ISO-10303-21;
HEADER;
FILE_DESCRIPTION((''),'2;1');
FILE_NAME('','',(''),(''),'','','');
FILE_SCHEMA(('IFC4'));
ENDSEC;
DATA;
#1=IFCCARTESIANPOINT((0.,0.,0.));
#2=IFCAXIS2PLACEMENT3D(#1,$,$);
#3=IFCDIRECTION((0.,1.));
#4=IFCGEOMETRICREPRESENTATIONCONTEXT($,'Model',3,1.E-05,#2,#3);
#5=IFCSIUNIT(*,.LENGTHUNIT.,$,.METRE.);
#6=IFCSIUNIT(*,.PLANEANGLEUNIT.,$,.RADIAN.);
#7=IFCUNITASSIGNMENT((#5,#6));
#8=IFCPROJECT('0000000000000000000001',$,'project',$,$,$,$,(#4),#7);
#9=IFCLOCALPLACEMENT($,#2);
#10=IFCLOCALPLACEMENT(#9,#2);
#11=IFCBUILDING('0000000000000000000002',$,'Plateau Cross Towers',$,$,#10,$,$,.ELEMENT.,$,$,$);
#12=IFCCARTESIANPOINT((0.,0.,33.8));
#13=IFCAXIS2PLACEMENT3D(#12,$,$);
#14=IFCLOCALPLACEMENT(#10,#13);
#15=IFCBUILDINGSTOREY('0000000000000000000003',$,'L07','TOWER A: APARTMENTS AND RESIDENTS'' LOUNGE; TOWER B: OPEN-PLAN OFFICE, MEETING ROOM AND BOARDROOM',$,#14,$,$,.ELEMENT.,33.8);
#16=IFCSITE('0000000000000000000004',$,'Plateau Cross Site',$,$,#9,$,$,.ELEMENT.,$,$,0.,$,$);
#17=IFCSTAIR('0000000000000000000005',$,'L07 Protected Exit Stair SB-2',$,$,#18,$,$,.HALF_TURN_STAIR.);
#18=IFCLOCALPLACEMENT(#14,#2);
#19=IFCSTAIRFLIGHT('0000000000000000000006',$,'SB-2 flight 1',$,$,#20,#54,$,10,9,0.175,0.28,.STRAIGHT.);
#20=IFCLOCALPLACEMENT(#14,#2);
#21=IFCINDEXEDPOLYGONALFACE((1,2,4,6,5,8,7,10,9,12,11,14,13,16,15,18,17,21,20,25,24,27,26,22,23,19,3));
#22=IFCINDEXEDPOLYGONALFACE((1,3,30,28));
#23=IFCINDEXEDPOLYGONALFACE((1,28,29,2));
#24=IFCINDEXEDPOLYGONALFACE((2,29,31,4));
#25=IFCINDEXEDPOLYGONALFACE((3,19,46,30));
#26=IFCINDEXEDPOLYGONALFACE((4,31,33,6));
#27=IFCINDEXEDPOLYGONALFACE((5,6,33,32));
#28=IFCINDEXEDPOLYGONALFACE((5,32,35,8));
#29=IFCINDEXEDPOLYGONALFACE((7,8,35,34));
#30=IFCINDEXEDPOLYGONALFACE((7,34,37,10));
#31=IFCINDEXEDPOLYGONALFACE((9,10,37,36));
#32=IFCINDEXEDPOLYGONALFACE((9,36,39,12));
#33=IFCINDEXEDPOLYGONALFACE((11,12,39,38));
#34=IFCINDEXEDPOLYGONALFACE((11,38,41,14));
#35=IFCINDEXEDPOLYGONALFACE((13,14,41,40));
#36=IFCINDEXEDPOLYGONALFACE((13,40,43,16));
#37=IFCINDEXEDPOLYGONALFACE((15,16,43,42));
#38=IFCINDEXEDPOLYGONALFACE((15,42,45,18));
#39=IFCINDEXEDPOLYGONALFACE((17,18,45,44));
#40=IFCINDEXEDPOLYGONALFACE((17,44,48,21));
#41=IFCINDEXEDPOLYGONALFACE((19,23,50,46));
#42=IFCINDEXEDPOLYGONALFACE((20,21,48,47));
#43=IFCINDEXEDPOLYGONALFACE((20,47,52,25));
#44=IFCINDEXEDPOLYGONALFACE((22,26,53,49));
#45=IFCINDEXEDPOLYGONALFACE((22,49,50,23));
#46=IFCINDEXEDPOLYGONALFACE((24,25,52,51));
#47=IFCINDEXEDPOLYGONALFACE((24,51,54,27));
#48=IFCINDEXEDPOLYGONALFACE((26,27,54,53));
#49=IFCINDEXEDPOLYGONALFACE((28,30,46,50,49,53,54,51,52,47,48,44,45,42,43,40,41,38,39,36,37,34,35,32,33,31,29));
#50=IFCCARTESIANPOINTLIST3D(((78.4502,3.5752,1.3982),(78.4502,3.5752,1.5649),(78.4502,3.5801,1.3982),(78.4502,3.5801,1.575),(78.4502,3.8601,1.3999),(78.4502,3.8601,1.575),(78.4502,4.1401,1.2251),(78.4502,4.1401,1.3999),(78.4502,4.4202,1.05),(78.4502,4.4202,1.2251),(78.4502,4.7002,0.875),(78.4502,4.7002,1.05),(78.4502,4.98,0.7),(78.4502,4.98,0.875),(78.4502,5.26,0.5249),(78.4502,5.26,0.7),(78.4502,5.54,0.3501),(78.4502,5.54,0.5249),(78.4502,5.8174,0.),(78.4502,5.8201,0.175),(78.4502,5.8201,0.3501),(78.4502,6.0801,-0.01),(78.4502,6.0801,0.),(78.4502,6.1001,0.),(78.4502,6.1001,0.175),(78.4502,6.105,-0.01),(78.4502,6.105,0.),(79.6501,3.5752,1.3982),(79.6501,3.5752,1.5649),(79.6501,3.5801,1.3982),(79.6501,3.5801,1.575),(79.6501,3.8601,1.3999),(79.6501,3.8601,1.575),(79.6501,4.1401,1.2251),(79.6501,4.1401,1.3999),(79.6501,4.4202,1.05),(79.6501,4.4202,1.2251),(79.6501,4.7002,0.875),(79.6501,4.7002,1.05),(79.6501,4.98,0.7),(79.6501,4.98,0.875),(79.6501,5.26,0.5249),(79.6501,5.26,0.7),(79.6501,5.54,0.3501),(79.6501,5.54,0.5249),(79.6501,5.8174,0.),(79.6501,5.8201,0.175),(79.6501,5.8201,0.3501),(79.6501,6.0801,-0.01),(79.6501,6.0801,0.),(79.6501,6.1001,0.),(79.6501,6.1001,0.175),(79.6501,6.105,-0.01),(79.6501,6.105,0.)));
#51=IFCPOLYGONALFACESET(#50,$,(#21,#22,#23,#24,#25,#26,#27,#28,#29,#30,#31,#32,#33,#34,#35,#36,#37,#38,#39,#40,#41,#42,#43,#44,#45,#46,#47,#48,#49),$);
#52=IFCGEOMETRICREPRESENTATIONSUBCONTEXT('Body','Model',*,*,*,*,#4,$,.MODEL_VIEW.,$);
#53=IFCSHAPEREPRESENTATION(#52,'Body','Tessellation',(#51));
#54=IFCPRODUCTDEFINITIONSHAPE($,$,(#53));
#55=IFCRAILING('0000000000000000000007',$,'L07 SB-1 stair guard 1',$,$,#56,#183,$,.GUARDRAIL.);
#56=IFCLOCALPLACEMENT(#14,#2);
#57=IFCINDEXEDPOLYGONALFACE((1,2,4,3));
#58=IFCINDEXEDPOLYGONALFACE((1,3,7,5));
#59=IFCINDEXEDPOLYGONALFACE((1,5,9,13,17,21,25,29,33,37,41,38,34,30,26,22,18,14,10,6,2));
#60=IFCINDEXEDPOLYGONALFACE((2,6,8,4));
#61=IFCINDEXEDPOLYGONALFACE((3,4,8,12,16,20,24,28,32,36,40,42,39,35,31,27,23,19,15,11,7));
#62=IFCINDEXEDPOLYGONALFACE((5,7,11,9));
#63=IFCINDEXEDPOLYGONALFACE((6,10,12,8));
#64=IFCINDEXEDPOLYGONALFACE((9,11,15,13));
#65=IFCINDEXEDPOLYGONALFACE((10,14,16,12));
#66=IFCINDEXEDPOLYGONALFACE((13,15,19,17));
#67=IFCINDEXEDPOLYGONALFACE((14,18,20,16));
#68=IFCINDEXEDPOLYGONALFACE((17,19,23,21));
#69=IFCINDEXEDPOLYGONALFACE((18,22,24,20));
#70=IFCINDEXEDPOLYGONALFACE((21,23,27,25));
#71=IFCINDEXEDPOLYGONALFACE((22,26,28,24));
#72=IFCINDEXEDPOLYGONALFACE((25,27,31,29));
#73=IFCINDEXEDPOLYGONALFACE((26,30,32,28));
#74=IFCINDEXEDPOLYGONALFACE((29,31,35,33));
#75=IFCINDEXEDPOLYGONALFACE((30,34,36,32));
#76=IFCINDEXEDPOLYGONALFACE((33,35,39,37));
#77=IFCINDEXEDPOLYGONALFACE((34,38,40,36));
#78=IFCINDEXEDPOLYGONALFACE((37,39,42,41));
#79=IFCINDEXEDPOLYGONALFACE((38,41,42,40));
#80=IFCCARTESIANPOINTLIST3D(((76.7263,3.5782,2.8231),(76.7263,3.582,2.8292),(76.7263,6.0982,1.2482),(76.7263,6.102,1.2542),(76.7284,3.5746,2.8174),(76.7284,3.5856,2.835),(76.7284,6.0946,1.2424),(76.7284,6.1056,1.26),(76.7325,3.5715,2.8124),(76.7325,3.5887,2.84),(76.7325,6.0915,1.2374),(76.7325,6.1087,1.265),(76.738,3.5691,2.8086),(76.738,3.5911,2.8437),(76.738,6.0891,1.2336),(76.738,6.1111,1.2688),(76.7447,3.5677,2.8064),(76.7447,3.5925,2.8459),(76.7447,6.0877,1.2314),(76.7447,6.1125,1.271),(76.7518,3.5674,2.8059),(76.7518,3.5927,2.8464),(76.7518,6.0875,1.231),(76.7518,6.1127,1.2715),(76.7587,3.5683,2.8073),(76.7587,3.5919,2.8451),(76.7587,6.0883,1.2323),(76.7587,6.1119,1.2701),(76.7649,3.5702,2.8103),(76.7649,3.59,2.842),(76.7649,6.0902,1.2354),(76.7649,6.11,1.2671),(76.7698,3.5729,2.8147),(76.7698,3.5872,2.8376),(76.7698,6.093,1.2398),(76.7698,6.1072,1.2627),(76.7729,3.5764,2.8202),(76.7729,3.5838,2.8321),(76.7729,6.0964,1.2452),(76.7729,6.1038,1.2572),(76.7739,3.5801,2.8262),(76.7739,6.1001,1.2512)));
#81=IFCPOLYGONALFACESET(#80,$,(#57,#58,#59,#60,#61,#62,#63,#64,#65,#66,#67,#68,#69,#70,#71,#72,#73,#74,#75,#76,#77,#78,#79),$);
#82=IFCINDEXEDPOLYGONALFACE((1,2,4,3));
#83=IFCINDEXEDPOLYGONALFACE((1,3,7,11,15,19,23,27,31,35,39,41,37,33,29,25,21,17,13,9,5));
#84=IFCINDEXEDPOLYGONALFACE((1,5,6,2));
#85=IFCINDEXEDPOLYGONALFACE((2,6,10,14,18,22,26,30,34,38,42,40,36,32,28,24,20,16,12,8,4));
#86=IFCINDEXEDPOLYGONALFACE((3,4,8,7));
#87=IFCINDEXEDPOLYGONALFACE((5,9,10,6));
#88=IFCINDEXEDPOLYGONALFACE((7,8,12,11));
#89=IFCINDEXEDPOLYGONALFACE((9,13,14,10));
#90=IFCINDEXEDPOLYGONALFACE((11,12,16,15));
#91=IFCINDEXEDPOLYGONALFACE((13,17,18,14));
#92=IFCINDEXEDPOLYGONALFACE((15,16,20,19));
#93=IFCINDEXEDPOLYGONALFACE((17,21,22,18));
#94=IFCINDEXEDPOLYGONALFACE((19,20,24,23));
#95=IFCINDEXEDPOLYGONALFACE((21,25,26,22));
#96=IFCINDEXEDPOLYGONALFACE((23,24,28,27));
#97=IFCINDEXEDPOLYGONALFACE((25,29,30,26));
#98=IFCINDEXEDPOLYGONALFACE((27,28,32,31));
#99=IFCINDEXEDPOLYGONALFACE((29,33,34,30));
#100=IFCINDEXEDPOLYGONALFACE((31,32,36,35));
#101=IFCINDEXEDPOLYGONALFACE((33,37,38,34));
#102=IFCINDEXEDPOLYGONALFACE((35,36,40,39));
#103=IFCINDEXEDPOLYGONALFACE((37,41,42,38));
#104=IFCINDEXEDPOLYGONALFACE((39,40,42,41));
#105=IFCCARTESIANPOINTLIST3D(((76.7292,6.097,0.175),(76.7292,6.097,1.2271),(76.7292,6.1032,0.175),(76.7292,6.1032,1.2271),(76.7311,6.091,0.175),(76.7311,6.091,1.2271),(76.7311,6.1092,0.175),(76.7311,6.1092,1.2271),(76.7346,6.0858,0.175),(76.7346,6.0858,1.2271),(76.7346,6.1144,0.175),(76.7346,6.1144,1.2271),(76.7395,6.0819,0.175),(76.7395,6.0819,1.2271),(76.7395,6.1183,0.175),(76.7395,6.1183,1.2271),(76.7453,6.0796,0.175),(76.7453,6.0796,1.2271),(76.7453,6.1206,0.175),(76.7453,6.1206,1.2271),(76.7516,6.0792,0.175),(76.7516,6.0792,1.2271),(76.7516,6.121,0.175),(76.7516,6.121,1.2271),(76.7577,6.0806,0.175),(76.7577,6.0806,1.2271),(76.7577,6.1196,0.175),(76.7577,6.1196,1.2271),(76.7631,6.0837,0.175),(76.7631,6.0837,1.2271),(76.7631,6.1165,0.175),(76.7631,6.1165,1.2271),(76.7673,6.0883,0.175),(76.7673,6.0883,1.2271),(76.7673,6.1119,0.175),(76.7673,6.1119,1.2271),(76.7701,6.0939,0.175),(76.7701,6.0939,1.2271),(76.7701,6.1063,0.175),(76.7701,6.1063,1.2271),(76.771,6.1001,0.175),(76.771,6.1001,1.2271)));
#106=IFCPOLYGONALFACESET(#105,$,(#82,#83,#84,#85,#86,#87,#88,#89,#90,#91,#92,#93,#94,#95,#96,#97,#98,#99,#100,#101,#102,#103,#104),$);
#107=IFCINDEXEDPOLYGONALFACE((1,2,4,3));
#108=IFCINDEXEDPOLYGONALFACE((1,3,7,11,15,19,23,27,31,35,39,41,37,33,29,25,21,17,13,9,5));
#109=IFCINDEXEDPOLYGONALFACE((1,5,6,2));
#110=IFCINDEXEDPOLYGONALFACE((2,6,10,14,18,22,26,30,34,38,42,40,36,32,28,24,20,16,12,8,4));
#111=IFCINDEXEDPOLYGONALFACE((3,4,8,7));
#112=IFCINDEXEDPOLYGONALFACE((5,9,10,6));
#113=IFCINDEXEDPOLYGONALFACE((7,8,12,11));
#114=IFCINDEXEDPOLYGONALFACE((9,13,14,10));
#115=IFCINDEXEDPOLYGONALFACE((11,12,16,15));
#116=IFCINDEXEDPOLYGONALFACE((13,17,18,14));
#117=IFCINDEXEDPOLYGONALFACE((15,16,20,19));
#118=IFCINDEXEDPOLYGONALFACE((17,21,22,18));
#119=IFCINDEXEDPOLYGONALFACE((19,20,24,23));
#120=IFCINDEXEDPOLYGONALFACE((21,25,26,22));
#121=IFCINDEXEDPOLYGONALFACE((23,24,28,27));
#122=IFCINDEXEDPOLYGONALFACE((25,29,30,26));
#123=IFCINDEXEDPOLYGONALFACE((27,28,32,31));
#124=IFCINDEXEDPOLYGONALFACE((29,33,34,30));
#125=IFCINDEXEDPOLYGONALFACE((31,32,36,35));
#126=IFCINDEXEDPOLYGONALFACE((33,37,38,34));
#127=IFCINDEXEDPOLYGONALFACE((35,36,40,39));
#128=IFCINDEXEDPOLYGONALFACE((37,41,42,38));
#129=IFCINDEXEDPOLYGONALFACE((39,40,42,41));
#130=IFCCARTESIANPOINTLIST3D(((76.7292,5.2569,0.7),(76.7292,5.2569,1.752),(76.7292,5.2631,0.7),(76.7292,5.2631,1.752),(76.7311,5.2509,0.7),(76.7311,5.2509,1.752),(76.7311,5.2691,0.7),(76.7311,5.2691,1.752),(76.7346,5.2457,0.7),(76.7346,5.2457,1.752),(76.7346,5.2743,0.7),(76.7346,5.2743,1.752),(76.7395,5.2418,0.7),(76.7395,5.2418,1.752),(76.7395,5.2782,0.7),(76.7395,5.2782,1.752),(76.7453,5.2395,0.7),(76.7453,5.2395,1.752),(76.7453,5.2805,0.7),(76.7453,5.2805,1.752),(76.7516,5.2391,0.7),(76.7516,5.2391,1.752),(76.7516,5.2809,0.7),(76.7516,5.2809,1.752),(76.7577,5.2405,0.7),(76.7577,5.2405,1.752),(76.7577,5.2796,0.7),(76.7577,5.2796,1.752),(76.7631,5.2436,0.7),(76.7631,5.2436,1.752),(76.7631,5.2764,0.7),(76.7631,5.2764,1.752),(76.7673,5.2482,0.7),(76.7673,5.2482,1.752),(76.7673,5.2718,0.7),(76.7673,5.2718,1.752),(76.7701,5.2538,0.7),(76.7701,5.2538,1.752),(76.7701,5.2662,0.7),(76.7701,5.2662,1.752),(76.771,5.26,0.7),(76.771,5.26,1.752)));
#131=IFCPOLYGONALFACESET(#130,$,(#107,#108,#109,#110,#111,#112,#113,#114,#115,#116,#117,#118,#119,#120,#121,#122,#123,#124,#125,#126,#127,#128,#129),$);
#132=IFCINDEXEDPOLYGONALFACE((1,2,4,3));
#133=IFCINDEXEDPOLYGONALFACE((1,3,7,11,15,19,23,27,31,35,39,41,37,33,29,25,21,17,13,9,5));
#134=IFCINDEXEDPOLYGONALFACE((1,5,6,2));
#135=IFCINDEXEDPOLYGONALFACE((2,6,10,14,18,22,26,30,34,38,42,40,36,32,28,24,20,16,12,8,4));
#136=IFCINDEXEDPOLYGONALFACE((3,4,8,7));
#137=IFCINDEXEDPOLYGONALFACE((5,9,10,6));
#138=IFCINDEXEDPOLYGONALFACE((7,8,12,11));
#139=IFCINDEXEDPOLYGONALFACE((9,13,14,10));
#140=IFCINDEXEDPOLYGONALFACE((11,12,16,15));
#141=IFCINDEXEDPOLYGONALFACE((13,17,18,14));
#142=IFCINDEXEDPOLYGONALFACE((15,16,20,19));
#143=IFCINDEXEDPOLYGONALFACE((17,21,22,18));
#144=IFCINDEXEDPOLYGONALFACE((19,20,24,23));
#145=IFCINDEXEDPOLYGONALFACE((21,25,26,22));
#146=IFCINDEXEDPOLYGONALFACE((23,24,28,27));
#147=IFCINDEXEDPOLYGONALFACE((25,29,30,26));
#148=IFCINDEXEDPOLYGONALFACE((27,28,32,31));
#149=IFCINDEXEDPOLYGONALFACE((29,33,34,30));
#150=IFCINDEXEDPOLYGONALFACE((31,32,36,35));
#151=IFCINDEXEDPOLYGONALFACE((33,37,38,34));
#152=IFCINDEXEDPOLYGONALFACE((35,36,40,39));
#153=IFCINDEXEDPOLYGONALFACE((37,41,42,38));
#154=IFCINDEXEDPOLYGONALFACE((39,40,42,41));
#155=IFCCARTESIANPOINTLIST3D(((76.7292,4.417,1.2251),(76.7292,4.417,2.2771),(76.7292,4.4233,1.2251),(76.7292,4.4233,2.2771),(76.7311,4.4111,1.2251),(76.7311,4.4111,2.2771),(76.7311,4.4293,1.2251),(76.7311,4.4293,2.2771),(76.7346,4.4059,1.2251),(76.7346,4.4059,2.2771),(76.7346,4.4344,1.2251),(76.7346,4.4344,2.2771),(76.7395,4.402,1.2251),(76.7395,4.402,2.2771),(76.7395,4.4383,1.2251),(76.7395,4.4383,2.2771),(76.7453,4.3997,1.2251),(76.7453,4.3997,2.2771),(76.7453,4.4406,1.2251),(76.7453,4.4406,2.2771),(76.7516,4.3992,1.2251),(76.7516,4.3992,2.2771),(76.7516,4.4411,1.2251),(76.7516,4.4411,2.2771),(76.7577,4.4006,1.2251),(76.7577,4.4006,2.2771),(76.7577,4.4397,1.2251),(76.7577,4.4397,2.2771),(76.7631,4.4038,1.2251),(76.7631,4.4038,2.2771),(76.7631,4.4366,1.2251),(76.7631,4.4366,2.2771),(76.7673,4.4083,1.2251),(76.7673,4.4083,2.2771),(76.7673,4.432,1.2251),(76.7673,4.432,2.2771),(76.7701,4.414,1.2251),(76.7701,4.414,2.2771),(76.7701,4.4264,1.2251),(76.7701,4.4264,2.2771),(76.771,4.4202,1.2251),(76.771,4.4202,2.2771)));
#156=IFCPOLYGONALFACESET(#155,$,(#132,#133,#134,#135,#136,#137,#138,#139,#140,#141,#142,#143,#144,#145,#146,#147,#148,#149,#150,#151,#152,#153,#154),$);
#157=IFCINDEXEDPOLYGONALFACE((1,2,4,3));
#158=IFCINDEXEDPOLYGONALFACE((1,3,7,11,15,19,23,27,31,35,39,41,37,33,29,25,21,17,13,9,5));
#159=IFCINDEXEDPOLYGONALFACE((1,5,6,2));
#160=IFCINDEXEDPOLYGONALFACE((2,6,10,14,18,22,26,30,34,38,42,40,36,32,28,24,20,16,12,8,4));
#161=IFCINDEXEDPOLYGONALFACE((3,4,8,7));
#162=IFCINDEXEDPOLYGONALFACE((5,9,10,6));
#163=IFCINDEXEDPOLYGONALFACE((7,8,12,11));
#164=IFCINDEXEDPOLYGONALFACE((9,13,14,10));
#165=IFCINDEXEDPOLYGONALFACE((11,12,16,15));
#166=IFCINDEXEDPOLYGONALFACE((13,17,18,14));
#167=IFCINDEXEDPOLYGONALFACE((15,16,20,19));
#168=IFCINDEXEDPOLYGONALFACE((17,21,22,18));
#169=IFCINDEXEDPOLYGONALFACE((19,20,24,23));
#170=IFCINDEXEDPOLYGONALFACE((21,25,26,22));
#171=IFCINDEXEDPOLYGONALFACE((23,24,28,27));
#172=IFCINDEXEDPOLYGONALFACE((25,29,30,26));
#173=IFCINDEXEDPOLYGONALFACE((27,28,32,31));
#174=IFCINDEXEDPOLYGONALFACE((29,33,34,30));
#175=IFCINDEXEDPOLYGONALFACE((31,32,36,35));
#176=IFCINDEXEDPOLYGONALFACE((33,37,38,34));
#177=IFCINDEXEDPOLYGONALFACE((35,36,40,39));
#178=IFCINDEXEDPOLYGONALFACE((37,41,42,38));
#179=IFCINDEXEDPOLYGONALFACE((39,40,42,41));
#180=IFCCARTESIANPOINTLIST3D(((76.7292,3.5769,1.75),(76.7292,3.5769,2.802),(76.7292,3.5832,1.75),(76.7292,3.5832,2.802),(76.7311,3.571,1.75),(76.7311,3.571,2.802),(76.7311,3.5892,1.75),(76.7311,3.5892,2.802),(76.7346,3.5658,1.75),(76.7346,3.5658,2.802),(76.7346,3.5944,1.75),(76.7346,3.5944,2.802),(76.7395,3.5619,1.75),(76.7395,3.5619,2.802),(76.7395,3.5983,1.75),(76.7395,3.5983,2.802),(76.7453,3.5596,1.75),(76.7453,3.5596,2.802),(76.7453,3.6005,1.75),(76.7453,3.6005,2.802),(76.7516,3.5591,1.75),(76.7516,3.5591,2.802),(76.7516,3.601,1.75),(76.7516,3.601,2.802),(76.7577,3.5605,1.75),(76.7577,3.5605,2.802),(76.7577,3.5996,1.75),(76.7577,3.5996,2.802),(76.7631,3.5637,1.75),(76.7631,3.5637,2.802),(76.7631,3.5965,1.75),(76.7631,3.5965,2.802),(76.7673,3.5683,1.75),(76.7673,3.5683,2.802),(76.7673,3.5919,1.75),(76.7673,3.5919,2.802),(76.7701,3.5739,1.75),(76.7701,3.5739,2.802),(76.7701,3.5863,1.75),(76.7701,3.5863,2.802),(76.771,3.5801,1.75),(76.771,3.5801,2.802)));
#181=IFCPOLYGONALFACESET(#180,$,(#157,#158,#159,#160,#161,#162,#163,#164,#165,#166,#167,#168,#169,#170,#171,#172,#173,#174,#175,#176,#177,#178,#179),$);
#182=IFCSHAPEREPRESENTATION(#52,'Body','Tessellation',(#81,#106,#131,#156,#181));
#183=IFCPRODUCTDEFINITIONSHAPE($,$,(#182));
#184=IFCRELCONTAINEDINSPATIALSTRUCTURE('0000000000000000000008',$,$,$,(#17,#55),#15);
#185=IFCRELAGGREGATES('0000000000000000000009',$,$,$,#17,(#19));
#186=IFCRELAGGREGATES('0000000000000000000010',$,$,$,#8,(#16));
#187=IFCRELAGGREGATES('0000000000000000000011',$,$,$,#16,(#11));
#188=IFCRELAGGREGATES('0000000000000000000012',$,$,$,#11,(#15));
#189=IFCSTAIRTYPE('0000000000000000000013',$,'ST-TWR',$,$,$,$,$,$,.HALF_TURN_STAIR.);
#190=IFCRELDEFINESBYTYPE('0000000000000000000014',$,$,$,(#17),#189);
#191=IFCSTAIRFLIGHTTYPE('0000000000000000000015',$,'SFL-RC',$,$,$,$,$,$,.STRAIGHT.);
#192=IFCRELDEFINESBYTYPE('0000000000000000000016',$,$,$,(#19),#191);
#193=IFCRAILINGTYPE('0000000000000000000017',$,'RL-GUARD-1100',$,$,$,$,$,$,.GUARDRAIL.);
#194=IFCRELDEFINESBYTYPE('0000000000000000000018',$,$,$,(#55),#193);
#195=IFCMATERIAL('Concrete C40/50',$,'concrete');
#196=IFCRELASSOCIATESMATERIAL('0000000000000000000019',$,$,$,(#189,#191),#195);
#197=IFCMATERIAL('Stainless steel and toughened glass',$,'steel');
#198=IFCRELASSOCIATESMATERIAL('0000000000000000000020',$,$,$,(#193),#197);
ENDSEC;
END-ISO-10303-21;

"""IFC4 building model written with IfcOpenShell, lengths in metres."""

from ifc_helpers import new_model, si_unit, direction, frame, origin, origin_2d, place, context, subcontext, project, spatial, polyline, circle, outline, extrude, material, type_object, element, aggregate, save


model = new_model("IFC4")

# Units and contexts
model_context = context("Model", 3, precision=1e-05, world=origin(), true_north=direction((0.0, 1.0)))
body_context = subcontext(model_context, "Body", "Model", "MODEL_VIEW")
ifc_project = project(units=[si_unit("LENGTHUNIT", "METRE"), si_unit("PLANEANGLEUNIT", "RADIAN")], contexts=[model_context])

# Site, building, storey
site_placement = place(None, origin())
site = spatial("IfcSite", under=ifc_project, at=site_placement, Name="Plateau Cross Site", CompositionType="ELEMENT", RefElevation=0.0)
building_placement = place(site_placement, origin())
building = spatial("IfcBuilding", under=site, at=building_placement, Name="Plateau Cross Towers", CompositionType="ELEMENT")
storey_placement = place(building_placement, frame((0.0, 0.0, 33.8)))
storey = spatial("IfcBuildingStorey", under=building, at=storey_placement, Name="L07", Description="TOWER A: APARTMENTS AND RESIDENTS' LOUNGE; TOWER B: OPEN-PLAN OFFICE, MEETING ROOM AND BOARDROOM", CompositionType="ELEMENT", Elevation=33.8)

# Shared definitions
ifc_material_1 = material(Name="Concrete C40/50", Category="concrete")
stair_type = type_object("IfcStairType", Name="ST-TWR", PredefinedType="HALF_TURN_STAIR", material=ifc_material_1)
stair_flight_type = type_object("IfcStairFlightType", Name="SFL-RC", PredefinedType="STRAIGHT", material=ifc_material_1)

# Stair, stair flight
stair_1_placement = place(storey_placement, origin())
stair_1 = element("IfcStair", 1, at=stair_1_placement, inside=storey, type_object=stair_type, Name="L07 Protected Exit Stair SB-2", PredefinedType="HALF_TURN_STAIR")
stair_flight_1_placement = place(storey_placement, frame((79.05, 6.1001, 0.0), z_axis=(0.0, 0.0, 1.0), x_axis=(0.0, -1.0, 0.0)))
stair_flight_1 = element("IfcStairFlight", 2, at=stair_flight_1_placement, type_object=stair_flight_type, Name="SB-2 flight 1", NumberOfRisers=10, NumberOfTreads=9, PredefinedType="STRAIGHT", RiserHeight=0.175, TreadLength=0.28, context=body_context, shape_type="SweptSolid", body=[
    extrude(outline(polyline([(-0.0049, -0.01), (-0.0049, 0.0), (0.0, 0.0), (0.0, 0.175), (0.28, 0.175), (0.28, 0.3501), (0.5601, 0.3501), (0.5601, 0.5249), (0.8401, 0.5249), (0.8401, 0.7), (1.1201, 0.7), (1.1201, 0.875), (1.3999, 0.875), (1.3999, 1.05), (1.6799, 1.05), (1.6799, 1.2251), (1.96, 1.2251), (1.96, 1.3999), (2.24, 1.3999), (2.24, 1.575), (2.52, 1.575), (2.5249, 1.5649), (2.5249, 1.3982), (2.52, 1.3982), (0.2827, 0.0), (0.02, 0.0), (0.02, -0.01), (-0.0049, -0.01)])), frame((0.0, 0.6001, 0.0), z_axis=(0.0, -1.0, 0.0), x_axis=(1.0, 0.0, 0.0)), (0.0, 0.0, 1.0), 1.2),
])
aggregate(stair_1, [stair_flight_1])

# Railing
ifc_material_2 = material(Name="Stainless steel and toughened glass", Category="steel")
railing_type_1 = type_object("IfcRailingType", Name="RL-GUARD-1100", PredefinedType="GUARDRAIL", material=ifc_material_2)
railing_1_placement = place(storey_placement, frame((76.75, 6.1001, 0.175)))
element("IfcRailing", 3, at=railing_1_placement, inside=storey, type_object=railing_type_1, Name="L07 SB-1 stair guard 1", PredefinedType="GUARDRAIL", context=body_context, shape_type="SweptSolid", body=[
    extrude(circle(Radius=0.0239, at=origin_2d()), frame((0.0, 0.0, 1.0762), z_axis=(0.0, -0.848008, 0.529984), x_axis=(1.0, 0.0, 0.0)), (0.0, 0.0, 1.0), 2.9717),
    extrude(circle(Radius=0.021, at=origin_2d()), origin(), (0.0, 0.0, 1.0), 1.052),
    extrude(circle(Radius=0.021, at=origin_2d()), frame((0.0, -0.8401, 0.5249)), (0.0, 0.0, 1.0), 1.052),
    extrude(circle(Radius=0.021, at=origin_2d()), frame((0.0, -1.6799, 1.05)), (0.0, 0.0, 1.0), 1.052),
    extrude(circle(Radius=0.021, at=origin_2d()), frame((0.0, -2.52, 1.575)), (0.0, 0.0, 1.0), 1.052),
])

save(model, "model.ifc")
